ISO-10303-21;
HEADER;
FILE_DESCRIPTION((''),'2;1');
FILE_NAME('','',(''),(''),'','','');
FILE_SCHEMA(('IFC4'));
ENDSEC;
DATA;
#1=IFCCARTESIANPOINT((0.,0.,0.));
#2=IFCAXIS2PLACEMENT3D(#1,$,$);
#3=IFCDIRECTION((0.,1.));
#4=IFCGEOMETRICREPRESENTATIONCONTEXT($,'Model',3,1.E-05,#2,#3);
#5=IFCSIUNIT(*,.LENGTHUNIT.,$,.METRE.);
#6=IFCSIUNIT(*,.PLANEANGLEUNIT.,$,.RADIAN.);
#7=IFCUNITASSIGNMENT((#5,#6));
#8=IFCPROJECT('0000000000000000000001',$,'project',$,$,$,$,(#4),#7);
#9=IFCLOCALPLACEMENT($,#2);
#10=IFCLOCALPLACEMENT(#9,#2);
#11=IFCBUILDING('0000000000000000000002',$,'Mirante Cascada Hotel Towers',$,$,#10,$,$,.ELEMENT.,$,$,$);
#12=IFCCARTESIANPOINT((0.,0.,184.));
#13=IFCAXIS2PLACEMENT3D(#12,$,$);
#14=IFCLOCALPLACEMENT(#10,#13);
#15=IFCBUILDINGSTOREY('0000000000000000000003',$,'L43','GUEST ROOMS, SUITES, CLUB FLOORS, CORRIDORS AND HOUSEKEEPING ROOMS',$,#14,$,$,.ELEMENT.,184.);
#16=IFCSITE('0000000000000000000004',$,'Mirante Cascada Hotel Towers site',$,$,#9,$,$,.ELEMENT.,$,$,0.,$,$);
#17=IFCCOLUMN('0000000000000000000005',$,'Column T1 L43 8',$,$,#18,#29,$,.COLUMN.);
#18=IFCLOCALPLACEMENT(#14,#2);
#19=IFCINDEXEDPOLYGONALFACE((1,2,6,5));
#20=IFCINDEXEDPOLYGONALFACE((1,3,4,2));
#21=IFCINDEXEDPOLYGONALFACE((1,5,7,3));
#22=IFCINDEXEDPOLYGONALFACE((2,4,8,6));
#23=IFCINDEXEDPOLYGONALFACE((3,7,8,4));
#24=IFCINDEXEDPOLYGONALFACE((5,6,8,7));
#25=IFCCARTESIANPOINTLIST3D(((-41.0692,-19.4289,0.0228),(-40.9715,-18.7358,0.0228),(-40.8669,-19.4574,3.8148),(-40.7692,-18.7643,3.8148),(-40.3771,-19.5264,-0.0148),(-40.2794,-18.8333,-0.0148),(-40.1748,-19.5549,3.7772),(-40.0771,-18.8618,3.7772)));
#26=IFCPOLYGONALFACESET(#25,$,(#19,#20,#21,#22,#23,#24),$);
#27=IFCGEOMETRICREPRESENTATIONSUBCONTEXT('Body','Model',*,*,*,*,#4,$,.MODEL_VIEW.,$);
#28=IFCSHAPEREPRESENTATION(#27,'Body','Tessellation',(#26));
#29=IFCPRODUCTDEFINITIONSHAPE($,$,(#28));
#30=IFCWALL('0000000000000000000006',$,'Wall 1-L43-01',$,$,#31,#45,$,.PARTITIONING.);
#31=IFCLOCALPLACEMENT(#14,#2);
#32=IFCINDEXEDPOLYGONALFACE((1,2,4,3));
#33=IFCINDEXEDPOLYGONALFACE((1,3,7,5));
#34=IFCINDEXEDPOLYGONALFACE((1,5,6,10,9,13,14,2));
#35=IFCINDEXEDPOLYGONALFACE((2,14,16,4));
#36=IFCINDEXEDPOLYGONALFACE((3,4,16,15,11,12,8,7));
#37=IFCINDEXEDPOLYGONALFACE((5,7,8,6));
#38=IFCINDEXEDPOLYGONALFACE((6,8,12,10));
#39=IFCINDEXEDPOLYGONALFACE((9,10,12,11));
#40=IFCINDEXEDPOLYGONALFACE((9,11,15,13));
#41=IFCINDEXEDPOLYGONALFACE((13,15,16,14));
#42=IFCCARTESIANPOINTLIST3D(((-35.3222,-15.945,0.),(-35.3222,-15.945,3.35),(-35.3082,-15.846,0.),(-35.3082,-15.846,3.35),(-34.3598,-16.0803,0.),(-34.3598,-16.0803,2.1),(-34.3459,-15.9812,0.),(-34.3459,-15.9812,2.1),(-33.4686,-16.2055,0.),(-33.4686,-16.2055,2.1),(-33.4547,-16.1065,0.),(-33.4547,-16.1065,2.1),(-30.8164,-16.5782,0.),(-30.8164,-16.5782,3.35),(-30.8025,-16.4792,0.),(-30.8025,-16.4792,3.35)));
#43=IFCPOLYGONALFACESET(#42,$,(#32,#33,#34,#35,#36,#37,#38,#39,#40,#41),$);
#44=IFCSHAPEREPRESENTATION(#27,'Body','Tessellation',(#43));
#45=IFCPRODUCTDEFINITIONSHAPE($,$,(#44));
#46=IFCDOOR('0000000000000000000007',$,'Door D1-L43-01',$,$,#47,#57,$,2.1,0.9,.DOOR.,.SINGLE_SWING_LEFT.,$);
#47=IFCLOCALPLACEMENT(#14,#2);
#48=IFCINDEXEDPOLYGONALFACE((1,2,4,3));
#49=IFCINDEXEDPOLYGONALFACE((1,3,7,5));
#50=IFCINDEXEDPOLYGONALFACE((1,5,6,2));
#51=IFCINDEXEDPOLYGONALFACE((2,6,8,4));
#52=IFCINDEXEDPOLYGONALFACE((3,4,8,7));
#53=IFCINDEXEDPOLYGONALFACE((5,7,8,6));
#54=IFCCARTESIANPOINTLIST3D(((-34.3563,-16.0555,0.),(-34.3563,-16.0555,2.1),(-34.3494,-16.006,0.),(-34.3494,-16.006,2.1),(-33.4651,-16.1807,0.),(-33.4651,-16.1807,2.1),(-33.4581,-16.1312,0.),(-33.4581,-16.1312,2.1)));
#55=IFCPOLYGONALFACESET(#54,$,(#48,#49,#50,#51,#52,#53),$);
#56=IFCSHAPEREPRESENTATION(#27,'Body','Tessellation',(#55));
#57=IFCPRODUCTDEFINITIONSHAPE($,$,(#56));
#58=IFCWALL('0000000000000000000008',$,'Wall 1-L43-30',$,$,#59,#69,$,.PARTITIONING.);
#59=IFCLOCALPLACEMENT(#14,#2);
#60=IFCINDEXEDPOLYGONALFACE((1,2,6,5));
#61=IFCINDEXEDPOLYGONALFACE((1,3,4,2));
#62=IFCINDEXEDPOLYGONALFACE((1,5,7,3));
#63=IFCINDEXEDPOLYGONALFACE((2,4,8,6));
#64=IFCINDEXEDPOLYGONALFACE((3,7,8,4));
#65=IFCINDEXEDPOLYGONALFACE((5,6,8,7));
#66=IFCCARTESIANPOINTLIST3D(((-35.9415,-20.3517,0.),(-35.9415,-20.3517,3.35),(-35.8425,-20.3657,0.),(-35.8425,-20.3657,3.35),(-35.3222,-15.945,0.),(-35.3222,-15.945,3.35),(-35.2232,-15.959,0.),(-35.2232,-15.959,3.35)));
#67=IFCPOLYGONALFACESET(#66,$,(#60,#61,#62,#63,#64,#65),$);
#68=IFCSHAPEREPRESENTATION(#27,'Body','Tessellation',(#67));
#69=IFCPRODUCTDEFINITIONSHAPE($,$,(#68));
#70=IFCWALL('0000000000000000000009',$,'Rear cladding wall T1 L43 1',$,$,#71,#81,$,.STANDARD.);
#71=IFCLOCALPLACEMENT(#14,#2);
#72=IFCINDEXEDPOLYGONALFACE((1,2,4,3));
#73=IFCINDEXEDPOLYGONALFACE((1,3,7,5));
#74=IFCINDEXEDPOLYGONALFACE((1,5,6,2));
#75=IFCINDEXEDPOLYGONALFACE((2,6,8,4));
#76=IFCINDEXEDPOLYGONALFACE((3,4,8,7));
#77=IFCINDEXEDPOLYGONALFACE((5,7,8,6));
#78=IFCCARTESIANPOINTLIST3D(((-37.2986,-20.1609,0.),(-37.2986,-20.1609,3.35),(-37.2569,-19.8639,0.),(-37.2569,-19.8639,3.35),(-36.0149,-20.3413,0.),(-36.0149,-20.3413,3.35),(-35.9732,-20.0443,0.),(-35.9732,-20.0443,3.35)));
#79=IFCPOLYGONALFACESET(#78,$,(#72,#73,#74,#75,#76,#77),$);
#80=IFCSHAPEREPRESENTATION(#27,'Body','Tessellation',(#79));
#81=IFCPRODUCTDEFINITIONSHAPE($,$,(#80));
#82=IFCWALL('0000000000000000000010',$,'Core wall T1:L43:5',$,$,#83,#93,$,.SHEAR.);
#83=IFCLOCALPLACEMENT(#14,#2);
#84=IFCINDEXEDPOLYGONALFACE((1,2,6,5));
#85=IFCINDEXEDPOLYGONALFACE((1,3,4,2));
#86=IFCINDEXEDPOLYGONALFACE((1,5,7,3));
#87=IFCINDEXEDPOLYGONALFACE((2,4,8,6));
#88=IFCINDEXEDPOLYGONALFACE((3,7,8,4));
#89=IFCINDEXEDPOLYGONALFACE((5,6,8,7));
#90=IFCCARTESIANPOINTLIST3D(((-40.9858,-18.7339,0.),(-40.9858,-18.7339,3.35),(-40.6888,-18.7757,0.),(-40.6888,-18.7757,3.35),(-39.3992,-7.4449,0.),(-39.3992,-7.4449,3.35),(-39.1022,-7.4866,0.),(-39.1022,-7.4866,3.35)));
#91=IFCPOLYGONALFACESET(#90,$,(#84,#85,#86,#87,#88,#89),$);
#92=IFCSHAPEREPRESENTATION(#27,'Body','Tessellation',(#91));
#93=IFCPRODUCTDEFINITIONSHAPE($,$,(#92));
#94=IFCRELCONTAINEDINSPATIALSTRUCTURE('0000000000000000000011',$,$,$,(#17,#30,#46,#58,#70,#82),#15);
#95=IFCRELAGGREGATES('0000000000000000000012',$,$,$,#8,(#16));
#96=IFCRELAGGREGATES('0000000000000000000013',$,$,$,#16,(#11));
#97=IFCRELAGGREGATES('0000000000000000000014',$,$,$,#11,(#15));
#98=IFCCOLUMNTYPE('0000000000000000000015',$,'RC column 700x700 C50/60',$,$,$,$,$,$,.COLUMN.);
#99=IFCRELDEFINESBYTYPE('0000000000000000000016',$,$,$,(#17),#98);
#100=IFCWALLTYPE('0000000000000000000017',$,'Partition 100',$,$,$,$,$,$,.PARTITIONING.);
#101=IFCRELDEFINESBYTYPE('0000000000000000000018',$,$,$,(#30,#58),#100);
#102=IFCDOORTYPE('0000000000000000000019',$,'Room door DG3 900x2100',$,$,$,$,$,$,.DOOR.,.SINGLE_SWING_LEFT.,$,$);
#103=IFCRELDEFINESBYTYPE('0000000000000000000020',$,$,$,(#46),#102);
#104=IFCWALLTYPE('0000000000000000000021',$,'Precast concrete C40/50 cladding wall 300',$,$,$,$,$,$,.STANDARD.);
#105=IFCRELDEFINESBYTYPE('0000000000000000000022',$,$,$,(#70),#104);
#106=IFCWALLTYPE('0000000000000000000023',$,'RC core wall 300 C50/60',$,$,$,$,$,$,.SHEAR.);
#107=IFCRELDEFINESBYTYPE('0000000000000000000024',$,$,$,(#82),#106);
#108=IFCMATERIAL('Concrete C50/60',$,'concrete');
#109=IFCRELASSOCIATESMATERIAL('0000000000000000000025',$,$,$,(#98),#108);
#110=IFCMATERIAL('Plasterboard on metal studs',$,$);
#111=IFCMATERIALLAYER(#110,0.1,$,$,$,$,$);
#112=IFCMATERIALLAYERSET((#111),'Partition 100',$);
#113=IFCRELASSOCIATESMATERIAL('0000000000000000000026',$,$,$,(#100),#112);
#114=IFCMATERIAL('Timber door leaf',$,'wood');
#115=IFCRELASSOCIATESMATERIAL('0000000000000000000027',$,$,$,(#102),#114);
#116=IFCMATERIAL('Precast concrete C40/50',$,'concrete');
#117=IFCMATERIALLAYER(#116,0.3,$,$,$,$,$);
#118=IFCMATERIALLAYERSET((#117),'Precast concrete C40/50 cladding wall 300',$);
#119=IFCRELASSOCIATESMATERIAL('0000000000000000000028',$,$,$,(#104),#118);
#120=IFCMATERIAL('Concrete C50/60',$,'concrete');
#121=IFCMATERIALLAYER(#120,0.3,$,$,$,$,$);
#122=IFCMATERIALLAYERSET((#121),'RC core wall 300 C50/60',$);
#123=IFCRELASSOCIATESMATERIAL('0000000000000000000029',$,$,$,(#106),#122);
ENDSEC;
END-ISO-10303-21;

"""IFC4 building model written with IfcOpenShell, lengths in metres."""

from ifc_helpers import new_model, si_unit, direction, frame, frame_2d, origin, origin_2d, place, context, subcontext, project, spatial, rectangle, extrude, material, layer, layer_set, material_profile, profile_set, type_object, element, fill, save


model = new_model("IFC4")

# Units and contexts
model_context = context("Model", 3, precision=1e-05, world=origin(), true_north=direction((0.0, 1.0)))
body_context = subcontext(model_context, "Body", "Model", "MODEL_VIEW")
ifc_project = project(units=[si_unit("LENGTHUNIT", "METRE"), si_unit("PLANEANGLEUNIT", "RADIAN")], contexts=[model_context])

# Site, building, storey
site_placement = place(None, origin())
site = spatial("IfcSite", under=ifc_project, at=site_placement, Name="Mirante Cascada Hotel Towers site", CompositionType="ELEMENT", RefElevation=0.0)
building_placement = place(site_placement, origin())
building = spatial("IfcBuilding", under=site, at=building_placement, Name="Mirante Cascada Hotel Towers", CompositionType="ELEMENT")
storey_placement = place(building_placement, frame((0.0, 0.0, 184.0)))
storey = spatial("IfcBuildingStorey", under=building, at=storey_placement, Name="L43", Description="GUEST ROOMS, SUITES, CLUB FLOORS, CORRIDORS AND HOUSEKEEPING ROOMS", CompositionType="ELEMENT", Elevation=184.0)

# Column
ifc_material_1 = material(Name="Concrete C50/60", Category="concrete")
ifc_material_profile = material_profile(ifc_material_1, rectangle(XDim=0.7, YDim=0.7, at=origin_2d()), Name="RC column 700x700 C50/60")
ifc_profile_set = profile_set([ifc_material_profile], Name="Concrete C50/60")
column_type = type_object("IfcColumnType", Name="RC column 700x700 C50/60", PredefinedType="COLUMN", material=ifc_profile_set)
column_placement = place(storey_placement, frame((-40.6743, -19.1311, 0.004), z_axis=(0.053272, -0.007505, 0.998552), x_axis=(0.139502, 0.990222, 0.0)))
element("IfcColumn", 1, at=column_placement, inside=storey, type_object=column_type, Name="Column T1 L43 8", PredefinedType="COLUMN", context=body_context, shape_type="SweptSolid", body=[
    extrude(rectangle(XDim=0.7, YDim=0.7, at=origin_2d()), origin(), (0.0, 0.0, 1.0), 3.7975),
])

# Wall, opening, door
ifc_material_2 = material(Name="Plasterboard on metal studs")
ifc_layer_1 = layer(ifc_material_2, 0.1)
ifc_layer_set_1 = layer_set([ifc_layer_1], Name="Partition 100")
wall_type_1 = type_object("IfcWallType", Name="Partition 100", PredefinedType="PARTITIONING", material=ifc_layer_set_1)
wall_1_placement = place(storey_placement, frame((-35.3152, -15.8955, 0.0), z_axis=(0.0, 0.0, 1.0), x_axis=(0.990269, -0.139166, 0.0)))
wall_1 = element("IfcWall", 2, at=wall_1_placement, inside=storey, type_object=wall_type_1, Name="Wall 1-L43-01", PredefinedType="PARTITIONING", context=body_context, shape_type="SweptSolid", body=[
    extrude(rectangle(XDim=4.55, YDim=0.1, at=frame_2d((2.275, 0.0))), origin(), (0.0, 0.0, 1.0), 3.35),
])
opening_1_placement = place(wall_1_placement, frame((0.9718, 0.0, 0.0)))
opening_1 = element("IfcOpeningElement", 3, at=opening_1_placement, cuts=wall_1, PredefinedType="OPENING", context=body_context, shape_type="SweptSolid", body=[
    extrude(rectangle(XDim=0.9, YDim=2.1, at=frame_2d((0.45, 1.05))), frame((0.0, 0.05, 0.0), z_axis=(0.0, -1.0, 0.0), x_axis=(1.0, 0.0, 0.0)), (0.0, 0.0, 1.0), 0.1),
])
ifc_material_3 = material(Name="Timber door leaf", Category="wood")
door_type_1 = type_object("IfcDoorType", Name="Room door DG3 900x2100", OperationType="SINGLE_SWING_LEFT", PredefinedType="DOOR", material=ifc_material_3)
door_1_placement = place(opening_1_placement, origin())
door_1 = element("IfcDoor", 4, at=door_1_placement, inside=storey, type_object=door_type_1, Name="Door D1-L43-01", OperationType="SINGLE_SWING_LEFT", OverallHeight=2.1, OverallWidth=0.9, PredefinedType="DOOR", context=body_context, shape_type="SweptSolid", body=[
    extrude(rectangle(XDim=0.9, YDim=2.1, at=frame_2d((0.45, 1.05))), frame((0.0, 0.025, 0.0), z_axis=(0.0, -1.0, 0.0), x_axis=(1.0, 0.0, 0.0)), (0.0, 0.0, 1.0), 0.05),
])
fill(opening_1, door_1)

# Walls
wall_2_placement = place(storey_placement, frame((-35.892, -20.3587, 0.0), z_axis=(0.0, 0.0, 1.0), x_axis=(0.139168, 0.990269, 0.0)))
element("IfcWall", 5, at=wall_2_placement, inside=storey, type_object=wall_type_1, Name="Wall 1-L43-30", PredefinedType="PARTITIONING", context=body_context, shape_type="SweptSolid", body=[
    extrude(rectangle(XDim=4.45, YDim=0.1, at=frame_2d((2.225, 0.0))), origin(), (0.0, 0.0, 1.0), 3.35),
])
ifc_material_4 = material(Name="Precast concrete C40/50", Category="concrete")
ifc_layer_2 = layer(ifc_material_4, 0.3)
ifc_layer_set_2 = layer_set([ifc_layer_2], Name="Precast concrete C40/50 cladding wall 300")
wall_type_2 = type_object("IfcWallType", Name="Precast concrete C40/50 cladding wall 300", PredefinedType="STANDARD", material=ifc_layer_set_2)
wall_3_placement = place(storey_placement, frame((-35.994, -20.1928, 0.0), z_axis=(0.0, 0.0, 1.0), x_axis=(-0.990269, 0.139164, 0.0)))
element("IfcWall", 6, at=wall_3_placement, inside=storey, type_object=wall_type_2, Name="Rear cladding wall T1 L43 1", PredefinedType="STANDARD", context=body_context, shape_type="SweptSolid", body=[
    extrude(rectangle(XDim=1.2963, YDim=0.3, at=frame_2d((0.6482, 0.0))), origin(), (0.0, 0.0, 1.0), 3.35),
])
ifc_material_5 = material(Name="Concrete C50/60", Category="concrete")
ifc_layer_3 = layer(ifc_material_5, 0.3)
ifc_layer_set_3 = layer_set([ifc_layer_3], Name="RC core wall 300 C50/60")
wall_type_3 = type_object("IfcWallType", Name="RC core wall 300 C50/60", PredefinedType="SHEAR", material=ifc_layer_set_3)
wall_4_placement = place(storey_placement, frame((-40.8373, -18.7548, 0.0), z_axis=(0.0, 0.0, 1.0), x_axis=(0.139175, 0.990268, 0.0)))
element("IfcWall", 7, at=wall_4_placement, inside=storey, type_object=wall_type_3, Name="Core wall T1:L43:5", PredefinedType="SHEAR", context=body_context, shape_type="SweptSolid", body=[
    extrude(rectangle(XDim=11.4, YDim=0.3, at=frame_2d((5.7, 0.0))), origin(), (0.0, 0.0, 1.0), 3.35),
])

save(model, "model.ifc")
